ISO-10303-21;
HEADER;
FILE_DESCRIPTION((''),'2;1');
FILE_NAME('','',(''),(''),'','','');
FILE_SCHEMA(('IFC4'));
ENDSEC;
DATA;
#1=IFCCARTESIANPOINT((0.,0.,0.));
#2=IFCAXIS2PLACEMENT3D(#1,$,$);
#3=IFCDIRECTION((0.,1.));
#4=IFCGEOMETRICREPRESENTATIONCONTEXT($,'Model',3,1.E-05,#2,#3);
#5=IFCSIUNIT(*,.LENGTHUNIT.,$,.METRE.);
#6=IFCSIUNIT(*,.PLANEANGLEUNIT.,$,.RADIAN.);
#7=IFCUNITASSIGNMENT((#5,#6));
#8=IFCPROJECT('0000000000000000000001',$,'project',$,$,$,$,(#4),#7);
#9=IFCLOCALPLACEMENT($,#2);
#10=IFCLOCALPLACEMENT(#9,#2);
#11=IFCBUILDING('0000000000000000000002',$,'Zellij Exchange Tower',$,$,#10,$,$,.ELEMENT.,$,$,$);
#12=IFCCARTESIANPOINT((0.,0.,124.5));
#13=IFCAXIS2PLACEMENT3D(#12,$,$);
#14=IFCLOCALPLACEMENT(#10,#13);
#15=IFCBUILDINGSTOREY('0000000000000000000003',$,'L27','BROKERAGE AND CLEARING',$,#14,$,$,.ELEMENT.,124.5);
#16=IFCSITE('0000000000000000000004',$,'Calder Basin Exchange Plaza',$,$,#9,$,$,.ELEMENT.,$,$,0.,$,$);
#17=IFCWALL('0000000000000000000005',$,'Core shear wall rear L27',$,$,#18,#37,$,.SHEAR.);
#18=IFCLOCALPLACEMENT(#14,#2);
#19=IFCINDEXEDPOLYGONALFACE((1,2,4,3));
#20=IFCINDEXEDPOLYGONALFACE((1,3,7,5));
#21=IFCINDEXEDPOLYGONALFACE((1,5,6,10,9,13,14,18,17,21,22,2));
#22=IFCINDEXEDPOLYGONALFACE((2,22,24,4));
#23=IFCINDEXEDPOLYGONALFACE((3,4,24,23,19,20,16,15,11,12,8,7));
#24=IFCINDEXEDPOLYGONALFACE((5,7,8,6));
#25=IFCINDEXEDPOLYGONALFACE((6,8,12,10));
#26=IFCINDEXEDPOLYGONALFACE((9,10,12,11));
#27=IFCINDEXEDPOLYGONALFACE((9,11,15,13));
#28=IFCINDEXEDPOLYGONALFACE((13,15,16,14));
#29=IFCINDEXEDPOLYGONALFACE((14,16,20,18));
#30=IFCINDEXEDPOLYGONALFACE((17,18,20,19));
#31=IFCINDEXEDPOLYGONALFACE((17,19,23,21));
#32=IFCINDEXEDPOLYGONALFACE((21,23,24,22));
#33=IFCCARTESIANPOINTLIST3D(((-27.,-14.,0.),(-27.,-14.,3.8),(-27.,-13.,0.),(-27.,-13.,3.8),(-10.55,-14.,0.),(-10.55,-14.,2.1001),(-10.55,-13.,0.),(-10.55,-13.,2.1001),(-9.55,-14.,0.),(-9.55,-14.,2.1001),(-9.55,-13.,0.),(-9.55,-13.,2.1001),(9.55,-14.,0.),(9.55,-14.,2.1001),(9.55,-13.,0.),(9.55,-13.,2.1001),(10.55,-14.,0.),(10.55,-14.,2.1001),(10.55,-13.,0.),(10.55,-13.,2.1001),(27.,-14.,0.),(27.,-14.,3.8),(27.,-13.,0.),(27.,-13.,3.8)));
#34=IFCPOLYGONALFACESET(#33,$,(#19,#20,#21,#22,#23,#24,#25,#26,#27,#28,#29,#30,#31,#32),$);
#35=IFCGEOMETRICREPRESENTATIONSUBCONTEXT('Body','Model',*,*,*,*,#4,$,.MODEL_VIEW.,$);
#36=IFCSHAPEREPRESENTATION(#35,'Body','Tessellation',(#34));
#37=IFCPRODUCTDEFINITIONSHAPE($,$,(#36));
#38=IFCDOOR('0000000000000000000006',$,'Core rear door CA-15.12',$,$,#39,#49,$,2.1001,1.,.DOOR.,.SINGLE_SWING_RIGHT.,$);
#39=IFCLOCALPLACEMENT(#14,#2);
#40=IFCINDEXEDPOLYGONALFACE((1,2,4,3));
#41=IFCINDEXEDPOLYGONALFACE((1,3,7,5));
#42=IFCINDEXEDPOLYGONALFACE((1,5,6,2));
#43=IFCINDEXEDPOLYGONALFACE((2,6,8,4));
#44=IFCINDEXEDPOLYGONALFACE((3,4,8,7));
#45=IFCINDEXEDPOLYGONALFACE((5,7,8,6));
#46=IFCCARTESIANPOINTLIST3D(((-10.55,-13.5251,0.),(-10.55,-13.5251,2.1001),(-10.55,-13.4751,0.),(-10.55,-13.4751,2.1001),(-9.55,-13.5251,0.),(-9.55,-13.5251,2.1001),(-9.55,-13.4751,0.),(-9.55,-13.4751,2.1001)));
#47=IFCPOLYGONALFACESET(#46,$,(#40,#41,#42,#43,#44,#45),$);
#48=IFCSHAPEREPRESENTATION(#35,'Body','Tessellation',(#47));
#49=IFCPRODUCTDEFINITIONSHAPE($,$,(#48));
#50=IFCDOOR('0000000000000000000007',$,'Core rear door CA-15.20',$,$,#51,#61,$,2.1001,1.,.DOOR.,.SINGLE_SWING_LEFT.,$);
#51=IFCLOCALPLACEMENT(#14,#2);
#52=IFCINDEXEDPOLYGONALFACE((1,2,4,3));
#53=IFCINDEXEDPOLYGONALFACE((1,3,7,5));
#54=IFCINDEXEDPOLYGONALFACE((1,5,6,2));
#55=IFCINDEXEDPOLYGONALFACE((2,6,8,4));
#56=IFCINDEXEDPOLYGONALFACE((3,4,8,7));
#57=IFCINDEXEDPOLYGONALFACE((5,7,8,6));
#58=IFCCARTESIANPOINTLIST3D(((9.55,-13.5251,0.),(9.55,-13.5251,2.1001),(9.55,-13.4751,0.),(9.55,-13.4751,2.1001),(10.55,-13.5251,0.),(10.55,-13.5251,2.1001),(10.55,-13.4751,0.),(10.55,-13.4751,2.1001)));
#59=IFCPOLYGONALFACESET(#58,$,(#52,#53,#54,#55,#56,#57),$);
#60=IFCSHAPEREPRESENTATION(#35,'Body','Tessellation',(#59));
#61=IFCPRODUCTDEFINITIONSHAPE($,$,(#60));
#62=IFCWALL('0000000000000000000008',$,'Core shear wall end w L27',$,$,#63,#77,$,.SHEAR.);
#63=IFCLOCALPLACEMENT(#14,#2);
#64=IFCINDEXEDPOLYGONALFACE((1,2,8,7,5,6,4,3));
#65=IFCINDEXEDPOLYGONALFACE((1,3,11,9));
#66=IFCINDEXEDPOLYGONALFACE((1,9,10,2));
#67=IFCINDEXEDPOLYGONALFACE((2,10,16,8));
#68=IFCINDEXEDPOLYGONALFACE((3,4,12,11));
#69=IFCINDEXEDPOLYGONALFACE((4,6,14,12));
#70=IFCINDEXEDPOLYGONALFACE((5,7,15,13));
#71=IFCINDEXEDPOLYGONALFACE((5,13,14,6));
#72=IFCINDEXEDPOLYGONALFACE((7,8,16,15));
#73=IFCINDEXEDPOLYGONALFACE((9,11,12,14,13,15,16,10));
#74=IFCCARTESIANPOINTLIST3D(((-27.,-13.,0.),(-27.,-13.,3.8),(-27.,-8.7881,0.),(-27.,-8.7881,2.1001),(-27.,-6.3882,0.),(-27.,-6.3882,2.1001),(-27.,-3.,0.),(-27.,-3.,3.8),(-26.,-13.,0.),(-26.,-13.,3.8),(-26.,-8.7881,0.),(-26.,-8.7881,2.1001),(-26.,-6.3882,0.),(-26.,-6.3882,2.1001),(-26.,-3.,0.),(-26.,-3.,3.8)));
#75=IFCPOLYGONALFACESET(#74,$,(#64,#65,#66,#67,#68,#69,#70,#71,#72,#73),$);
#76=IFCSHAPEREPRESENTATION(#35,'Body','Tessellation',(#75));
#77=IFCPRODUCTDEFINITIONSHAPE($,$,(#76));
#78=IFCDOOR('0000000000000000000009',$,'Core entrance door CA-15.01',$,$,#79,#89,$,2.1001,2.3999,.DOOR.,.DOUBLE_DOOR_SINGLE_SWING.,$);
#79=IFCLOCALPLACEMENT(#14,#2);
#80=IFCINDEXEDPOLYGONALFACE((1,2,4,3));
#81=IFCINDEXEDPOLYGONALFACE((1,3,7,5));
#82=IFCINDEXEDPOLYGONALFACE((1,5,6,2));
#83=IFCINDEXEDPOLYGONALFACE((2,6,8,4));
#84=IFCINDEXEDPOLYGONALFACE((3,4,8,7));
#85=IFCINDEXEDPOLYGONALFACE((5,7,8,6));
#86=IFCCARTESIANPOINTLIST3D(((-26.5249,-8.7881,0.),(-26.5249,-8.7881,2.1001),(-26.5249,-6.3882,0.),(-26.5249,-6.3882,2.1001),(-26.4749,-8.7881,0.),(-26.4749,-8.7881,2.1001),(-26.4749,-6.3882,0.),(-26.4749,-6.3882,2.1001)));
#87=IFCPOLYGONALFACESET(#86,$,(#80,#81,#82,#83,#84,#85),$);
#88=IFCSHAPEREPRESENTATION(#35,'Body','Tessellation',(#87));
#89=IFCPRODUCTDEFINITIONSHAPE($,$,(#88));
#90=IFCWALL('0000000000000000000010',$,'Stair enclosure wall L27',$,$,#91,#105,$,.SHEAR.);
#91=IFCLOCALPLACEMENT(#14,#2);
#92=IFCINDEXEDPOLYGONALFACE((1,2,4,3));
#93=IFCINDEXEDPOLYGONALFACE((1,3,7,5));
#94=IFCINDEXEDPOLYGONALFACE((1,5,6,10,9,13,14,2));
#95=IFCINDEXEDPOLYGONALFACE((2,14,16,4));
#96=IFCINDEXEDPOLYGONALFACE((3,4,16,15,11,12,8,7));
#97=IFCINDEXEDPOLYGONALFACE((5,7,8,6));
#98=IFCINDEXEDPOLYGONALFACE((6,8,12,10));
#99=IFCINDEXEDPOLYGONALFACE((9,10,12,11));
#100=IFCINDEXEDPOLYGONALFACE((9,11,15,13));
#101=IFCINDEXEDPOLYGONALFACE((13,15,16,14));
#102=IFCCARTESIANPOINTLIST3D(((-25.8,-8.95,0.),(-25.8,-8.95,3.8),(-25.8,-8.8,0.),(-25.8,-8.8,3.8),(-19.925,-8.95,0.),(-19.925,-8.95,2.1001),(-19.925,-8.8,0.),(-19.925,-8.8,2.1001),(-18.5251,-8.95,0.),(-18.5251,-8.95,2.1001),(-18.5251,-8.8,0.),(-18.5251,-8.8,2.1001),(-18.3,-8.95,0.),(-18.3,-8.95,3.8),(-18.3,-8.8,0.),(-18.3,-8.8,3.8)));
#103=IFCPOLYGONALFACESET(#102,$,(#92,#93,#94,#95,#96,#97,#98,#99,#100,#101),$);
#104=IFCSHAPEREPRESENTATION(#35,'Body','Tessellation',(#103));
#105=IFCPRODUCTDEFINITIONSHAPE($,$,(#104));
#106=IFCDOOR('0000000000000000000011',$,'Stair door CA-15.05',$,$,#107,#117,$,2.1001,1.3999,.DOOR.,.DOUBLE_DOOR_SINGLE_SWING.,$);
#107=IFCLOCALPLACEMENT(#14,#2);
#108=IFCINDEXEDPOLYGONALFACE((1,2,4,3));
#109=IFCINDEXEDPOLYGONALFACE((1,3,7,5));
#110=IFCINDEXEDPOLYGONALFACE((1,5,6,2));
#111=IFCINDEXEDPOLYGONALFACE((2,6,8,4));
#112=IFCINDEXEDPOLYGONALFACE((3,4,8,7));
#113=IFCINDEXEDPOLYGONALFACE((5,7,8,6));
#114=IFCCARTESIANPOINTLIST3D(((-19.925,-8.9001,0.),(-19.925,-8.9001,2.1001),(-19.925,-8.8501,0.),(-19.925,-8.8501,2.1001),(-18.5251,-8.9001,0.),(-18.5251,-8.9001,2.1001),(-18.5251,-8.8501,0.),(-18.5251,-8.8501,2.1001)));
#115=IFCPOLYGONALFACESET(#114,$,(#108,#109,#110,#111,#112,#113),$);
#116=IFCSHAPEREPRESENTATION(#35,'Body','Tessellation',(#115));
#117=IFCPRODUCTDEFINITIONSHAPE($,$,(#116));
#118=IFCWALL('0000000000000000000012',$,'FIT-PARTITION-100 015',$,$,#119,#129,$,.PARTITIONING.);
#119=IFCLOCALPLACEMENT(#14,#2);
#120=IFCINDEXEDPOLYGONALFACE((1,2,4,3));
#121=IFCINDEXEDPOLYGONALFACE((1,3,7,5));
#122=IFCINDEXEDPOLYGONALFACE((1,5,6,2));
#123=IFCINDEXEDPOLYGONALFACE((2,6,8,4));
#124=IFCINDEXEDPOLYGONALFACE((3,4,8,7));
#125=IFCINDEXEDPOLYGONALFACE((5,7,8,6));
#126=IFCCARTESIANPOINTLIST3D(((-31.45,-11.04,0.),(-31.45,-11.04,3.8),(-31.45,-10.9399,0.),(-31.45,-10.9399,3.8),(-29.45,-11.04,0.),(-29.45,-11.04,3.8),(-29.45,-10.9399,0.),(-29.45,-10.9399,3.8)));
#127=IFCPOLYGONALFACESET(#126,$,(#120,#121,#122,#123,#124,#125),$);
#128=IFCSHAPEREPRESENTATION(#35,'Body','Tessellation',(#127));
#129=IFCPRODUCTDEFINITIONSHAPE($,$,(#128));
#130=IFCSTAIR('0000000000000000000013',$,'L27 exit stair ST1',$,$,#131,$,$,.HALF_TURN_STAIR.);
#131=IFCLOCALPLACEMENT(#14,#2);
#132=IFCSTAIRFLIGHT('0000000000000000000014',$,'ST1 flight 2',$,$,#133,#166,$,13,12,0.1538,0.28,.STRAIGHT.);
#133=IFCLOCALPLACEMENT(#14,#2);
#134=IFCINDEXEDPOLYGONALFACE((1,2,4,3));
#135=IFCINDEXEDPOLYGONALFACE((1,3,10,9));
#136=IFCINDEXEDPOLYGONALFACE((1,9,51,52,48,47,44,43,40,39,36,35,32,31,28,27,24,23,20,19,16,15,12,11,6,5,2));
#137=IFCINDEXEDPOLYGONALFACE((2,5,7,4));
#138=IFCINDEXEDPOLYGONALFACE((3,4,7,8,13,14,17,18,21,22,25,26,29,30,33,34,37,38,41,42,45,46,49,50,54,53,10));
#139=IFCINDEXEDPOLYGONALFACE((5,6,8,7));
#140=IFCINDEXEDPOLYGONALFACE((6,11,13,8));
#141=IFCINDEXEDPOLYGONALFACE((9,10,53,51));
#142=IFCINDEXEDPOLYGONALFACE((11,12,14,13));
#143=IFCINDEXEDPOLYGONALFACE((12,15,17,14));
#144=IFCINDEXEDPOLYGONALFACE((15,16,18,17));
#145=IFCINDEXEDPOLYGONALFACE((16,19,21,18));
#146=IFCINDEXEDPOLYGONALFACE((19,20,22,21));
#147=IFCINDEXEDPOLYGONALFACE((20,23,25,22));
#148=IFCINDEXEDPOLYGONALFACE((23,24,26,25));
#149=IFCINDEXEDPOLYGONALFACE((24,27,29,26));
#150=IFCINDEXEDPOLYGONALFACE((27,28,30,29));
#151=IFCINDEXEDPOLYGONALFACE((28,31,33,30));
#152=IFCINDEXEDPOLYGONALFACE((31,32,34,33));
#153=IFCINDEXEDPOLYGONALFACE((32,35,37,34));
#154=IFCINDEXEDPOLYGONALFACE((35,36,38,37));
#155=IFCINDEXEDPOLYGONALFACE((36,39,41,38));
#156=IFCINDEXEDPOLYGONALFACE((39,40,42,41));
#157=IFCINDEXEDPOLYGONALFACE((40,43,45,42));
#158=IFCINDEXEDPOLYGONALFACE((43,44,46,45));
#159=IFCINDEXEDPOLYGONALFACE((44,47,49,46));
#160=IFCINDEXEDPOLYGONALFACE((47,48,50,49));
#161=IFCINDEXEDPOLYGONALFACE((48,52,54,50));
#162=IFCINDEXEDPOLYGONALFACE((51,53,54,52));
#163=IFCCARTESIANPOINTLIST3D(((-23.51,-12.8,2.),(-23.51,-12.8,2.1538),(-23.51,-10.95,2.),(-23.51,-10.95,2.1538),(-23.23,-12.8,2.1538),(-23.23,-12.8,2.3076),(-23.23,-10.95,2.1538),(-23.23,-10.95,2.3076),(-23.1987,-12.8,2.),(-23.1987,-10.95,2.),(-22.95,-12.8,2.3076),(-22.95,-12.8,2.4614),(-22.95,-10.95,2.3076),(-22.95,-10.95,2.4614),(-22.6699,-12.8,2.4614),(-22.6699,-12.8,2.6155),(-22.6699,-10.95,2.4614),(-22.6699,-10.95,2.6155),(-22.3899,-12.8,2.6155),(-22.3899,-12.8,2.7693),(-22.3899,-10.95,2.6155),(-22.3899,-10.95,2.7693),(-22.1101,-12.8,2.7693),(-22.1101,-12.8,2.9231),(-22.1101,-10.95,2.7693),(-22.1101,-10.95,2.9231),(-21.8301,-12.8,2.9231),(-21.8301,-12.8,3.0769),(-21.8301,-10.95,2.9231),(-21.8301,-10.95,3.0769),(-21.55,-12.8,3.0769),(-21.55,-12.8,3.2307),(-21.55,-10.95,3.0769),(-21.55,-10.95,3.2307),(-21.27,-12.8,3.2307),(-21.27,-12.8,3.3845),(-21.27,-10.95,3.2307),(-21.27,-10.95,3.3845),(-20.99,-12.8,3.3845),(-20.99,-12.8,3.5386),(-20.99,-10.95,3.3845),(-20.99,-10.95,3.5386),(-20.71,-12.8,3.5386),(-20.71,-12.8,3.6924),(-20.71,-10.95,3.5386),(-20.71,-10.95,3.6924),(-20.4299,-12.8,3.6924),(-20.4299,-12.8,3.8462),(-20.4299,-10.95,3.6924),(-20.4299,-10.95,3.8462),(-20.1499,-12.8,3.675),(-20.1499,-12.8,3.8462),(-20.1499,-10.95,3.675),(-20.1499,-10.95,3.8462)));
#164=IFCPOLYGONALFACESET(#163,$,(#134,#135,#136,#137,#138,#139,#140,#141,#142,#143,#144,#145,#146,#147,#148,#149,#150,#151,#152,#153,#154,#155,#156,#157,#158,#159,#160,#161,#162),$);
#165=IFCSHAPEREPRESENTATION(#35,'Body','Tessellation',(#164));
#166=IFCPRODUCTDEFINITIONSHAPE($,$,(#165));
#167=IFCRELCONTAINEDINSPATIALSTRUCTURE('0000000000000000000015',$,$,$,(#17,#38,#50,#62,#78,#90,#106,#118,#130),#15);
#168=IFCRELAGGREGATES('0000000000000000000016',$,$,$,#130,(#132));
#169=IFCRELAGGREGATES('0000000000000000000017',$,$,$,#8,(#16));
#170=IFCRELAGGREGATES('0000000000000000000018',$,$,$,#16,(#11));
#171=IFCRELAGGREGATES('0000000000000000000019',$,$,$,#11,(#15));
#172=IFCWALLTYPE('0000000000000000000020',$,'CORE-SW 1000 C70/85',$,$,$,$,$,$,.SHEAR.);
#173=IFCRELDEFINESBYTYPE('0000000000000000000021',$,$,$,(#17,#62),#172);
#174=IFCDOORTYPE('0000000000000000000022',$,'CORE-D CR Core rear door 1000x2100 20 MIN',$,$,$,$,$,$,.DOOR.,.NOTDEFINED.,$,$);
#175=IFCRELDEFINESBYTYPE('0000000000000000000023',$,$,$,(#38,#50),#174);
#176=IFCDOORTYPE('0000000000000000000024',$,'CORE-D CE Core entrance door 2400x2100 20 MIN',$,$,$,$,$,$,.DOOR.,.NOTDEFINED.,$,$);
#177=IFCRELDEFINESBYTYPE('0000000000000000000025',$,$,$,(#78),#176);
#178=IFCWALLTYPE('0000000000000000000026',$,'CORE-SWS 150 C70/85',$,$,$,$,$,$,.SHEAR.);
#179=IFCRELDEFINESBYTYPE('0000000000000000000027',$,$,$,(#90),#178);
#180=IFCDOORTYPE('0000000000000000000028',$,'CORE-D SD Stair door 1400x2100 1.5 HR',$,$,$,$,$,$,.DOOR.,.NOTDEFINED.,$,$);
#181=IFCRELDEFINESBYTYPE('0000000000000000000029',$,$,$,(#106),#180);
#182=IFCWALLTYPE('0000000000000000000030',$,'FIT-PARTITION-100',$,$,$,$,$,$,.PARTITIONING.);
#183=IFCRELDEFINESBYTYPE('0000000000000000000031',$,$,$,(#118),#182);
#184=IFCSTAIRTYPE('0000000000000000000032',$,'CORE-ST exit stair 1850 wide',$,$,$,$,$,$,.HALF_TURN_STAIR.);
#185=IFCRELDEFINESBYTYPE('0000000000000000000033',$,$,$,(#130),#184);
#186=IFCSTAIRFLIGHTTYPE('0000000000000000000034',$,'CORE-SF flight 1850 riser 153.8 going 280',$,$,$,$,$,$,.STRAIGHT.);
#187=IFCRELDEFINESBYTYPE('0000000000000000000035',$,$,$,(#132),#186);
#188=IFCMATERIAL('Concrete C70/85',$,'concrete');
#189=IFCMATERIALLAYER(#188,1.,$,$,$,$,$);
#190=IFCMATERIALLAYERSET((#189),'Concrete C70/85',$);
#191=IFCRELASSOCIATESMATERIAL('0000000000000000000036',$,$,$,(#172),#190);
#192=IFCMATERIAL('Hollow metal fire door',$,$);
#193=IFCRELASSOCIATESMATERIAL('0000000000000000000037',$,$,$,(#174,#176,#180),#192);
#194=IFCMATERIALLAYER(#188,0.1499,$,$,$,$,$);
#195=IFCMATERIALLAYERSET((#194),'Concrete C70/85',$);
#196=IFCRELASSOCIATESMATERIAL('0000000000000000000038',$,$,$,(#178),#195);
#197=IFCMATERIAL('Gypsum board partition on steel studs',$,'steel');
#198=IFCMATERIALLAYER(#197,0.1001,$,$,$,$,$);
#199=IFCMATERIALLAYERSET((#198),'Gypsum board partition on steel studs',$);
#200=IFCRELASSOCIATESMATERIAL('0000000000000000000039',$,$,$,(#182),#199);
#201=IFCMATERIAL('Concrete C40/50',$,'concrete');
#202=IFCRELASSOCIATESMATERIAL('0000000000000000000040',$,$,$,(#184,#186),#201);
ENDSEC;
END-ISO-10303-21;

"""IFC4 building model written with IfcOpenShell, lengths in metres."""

from ifc_helpers import new_model, si_unit, direction, frame, frame_2d, origin, place, context, subcontext, project, spatial, polyline, rectangle, outline, extrude, material, layer, layer_set, type_object, element, fill, aggregate, save


model = new_model("IFC4")

# Units and contexts
model_context = context("Model", 3, precision=1e-05, world=origin(), true_north=direction((0.0, 1.0)))
body_context = subcontext(model_context, "Body", "Model", "MODEL_VIEW")
ifc_project = project(units=[si_unit("LENGTHUNIT", "METRE"), si_unit("PLANEANGLEUNIT", "RADIAN")], contexts=[model_context])

# Site, building, storey
site_placement = place(None, origin())
site = spatial("IfcSite", under=ifc_project, at=site_placement, Name="Calder Basin Exchange Plaza", CompositionType="ELEMENT", RefElevation=0.0)
building_placement = place(site_placement, origin())
building = spatial("IfcBuilding", under=site, at=building_placement, Name="Zellij Exchange Tower", CompositionType="ELEMENT")
storey_placement = place(building_placement, frame((0.0, 0.0, 124.5)))
storey = spatial("IfcBuildingStorey", under=building, at=storey_placement, Name="L27", Description="BROKERAGE AND CLEARING", CompositionType="ELEMENT", Elevation=124.5)

# Wall, openings, doors
ifc_material_1 = material(Name="Hollow metal fire door")
ifc_material_2 = material(Name="Concrete C70/85", Category="concrete")
ifc_layer_1 = layer(ifc_material_2, 1.0)
ifc_layer_set_1 = layer_set([ifc_layer_1], Name="Concrete C70/85")
wall_type_1 = type_object("IfcWallType", Name="CORE-SW 1000 C70/85", PredefinedType="SHEAR", material=ifc_layer_set_1)
wall_1_placement = place(storey_placement, frame((-27.0, -13.5, 0.0), z_axis=(0.0, 0.0, 1.0), x_axis=(1.0, 0.0, 0.0)))
wall_1 = element("IfcWall", 1, at=wall_1_placement, inside=storey, type_object=wall_type_1, Name="Core shear wall rear L27", PredefinedType="SHEAR", context=body_context, shape_type="SweptSolid", body=[
    extrude(rectangle(XDim=54.0, YDim=1.0, at=frame_2d((27.0, 0.0))), origin(), (0.0, 0.0, 1.0), 3.8),
])
opening_1_placement = place(wall_1_placement, frame((16.45, 0.0, 0.0)))
opening_1 = element("IfcOpeningElement", 2, at=opening_1_placement, cuts=wall_1, PredefinedType="OPENING", context=body_context, shape_type="SweptSolid", body=[
    extrude(rectangle(XDim=1.0, YDim=2.1001, at=frame_2d((0.5, 1.05))), frame((0.0, 0.512, 0.0), z_axis=(0.0, -1.0, 0.0), x_axis=(1.0, 0.0, 0.0)), (0.0, 0.0, 1.0), 1.0239),
])
opening_2_placement = place(wall_1_placement, frame((36.55, 0.0, 0.0)))
opening_2 = element("IfcOpeningElement", 3, at=opening_2_placement, cuts=wall_1, PredefinedType="OPENING", context=body_context, shape_type="SweptSolid", body=[
    extrude(rectangle(XDim=1.0, YDim=2.1001, at=frame_2d((0.5, 1.05))), frame((0.0, 0.512, 0.0), z_axis=(0.0, -1.0, 0.0), x_axis=(1.0, 0.0, 0.0)), (0.0, 0.0, 1.0), 1.0239),
])
door_type_1 = type_object("IfcDoorType", Name="CORE-D CR Core rear door 1000x2100 20 MIN", OperationType="NOTDEFINED", PredefinedType="DOOR", material=ifc_material_1)
door_1_placement = place(opening_1_placement, origin())
door_1 = element("IfcDoor", 4, at=door_1_placement, inside=storey, type_object=door_type_1, Name="Core rear door CA-15.12", OperationType="SINGLE_SWING_RIGHT", OverallHeight=2.1001, OverallWidth=1.0, PredefinedType="DOOR", context=body_context, shape_type="SweptSolid", body=[
    extrude(rectangle(XDim=1.0, YDim=2.1001, at=frame_2d((0.5, 1.05))), frame((0.0, 0.0249, 0.0), z_axis=(0.0, -1.0, 0.0), x_axis=(1.0, 0.0, 0.0)), (0.0, 0.0, 1.0), 0.05),
])
fill(opening_1, door_1)
door_2_placement = place(opening_2_placement, origin())
door_2 = element("IfcDoor", 5, at=door_2_placement, inside=storey, type_object=door_type_1, Name="Core rear door CA-15.20", OperationType="SINGLE_SWING_LEFT", OverallHeight=2.1001, OverallWidth=1.0, PredefinedType="DOOR", context=body_context, shape_type="SweptSolid", body=[
    extrude(rectangle(XDim=1.0, YDim=2.1001, at=frame_2d((0.5, 1.05))), frame((0.0, 0.0249, 0.0), z_axis=(0.0, -1.0, 0.0), x_axis=(1.0, 0.0, 0.0)), (0.0, 0.0, 1.0), 0.05),
])
fill(opening_2, door_2)

# Walls, openings, doors
wall_2_placement = place(storey_placement, frame((-26.5, -13.0, 0.0), z_axis=(0.0, 0.0, 1.0), x_axis=(0.0, 1.0, 0.0)))
wall_2 = element("IfcWall", 6, at=wall_2_placement, inside=storey, type_object=wall_type_1, Name="Core shear wall end w L27", PredefinedType="SHEAR", context=body_context, shape_type="SweptSolid", body=[
    extrude(rectangle(XDim=10.0, YDim=1.0, at=frame_2d((5.0, 0.0))), origin(), (0.0, 0.0, 1.0), 3.8),
])
opening_3_placement = place(wall_2_placement, frame((4.2119, 0.0, 0.0)))
opening_3 = element("IfcOpeningElement", 7, at=opening_3_placement, cuts=wall_2, PredefinedType="OPENING", context=body_context, shape_type="SweptSolid", body=[
    extrude(rectangle(XDim=2.3999, YDim=2.1001, at=frame_2d((1.2, 1.05))), frame((0.0, 0.512, 0.0), z_axis=(0.0, -1.0, 0.0), x_axis=(1.0, 0.0, 0.0)), (0.0, 0.0, 1.0), 1.0239),
])
door_type_2 = type_object("IfcDoorType", Name="CORE-D CE Core entrance door 2400x2100 20 MIN", OperationType="NOTDEFINED", PredefinedType="DOOR", material=ifc_material_1)
door_3_placement = place(opening_3_placement, origin())
door_3 = element("IfcDoor", 8, at=door_3_placement, inside=storey, type_object=door_type_2, Name="Core entrance door CA-15.01", OperationType="DOUBLE_DOOR_SINGLE_SWING", OverallHeight=2.1001, OverallWidth=2.3999, PredefinedType="DOOR", context=body_context, shape_type="SweptSolid", body=[
    extrude(rectangle(XDim=2.3999, YDim=2.1001, at=frame_2d((1.2, 1.05))), frame((0.0, 0.0249, 0.0), z_axis=(0.0, -1.0, 0.0), x_axis=(1.0, 0.0, 0.0)), (0.0, 0.0, 1.0), 0.05),
])
fill(opening_3, door_3)
ifc_layer_2 = layer(ifc_material_2, 0.1499)
ifc_layer_set_2 = layer_set([ifc_layer_2], Name="Concrete C70/85")
wall_type_2 = type_object("IfcWallType", Name="CORE-SWS 150 C70/85", PredefinedType="SHEAR", material=ifc_layer_set_2)
wall_3_placement = place(storey_placement, frame((-25.8, -8.875, 0.0), z_axis=(0.0, 0.0, 1.0), x_axis=(1.0, 0.0, 0.0)))
wall_3 = element("IfcWall", 9, at=wall_3_placement, inside=storey, type_object=wall_type_2, Name="Stair enclosure wall L27", PredefinedType="SHEAR", context=body_context, shape_type="SweptSolid", body=[
    extrude(rectangle(XDim=7.5, YDim=0.1499, at=frame_2d((3.75, 0.0))), origin(), (0.0, 0.0, 1.0), 3.8),
])
opening_4_placement = place(wall_3_placement, frame((5.875, 0.0, 0.0)))
opening_4 = element("IfcOpeningElement", 10, at=opening_4_placement, cuts=wall_3, PredefinedType="OPENING", context=body_context, shape_type="SweptSolid", body=[
    extrude(rectangle(XDim=1.3999, YDim=2.1001, at=frame_2d((0.7, 1.05))), frame((0.0, 0.0869, 0.0), z_axis=(0.0, -1.0, 0.0), x_axis=(1.0, 0.0, 0.0)), (0.0, 0.0, 1.0), 0.1738),
])
door_type_3 = type_object("IfcDoorType", Name="CORE-D SD Stair door 1400x2100 1.5 HR", OperationType="NOTDEFINED", PredefinedType="DOOR", material=ifc_material_1)
door_4_placement = place(opening_4_placement, origin())
door_4 = element("IfcDoor", 11, at=door_4_placement, inside=storey, type_object=door_type_3, Name="Stair door CA-15.05", OperationType="DOUBLE_DOOR_SINGLE_SWING", OverallHeight=2.1001, OverallWidth=1.3999, PredefinedType="DOOR", context=body_context, shape_type="SweptSolid", body=[
    extrude(rectangle(XDim=1.3999, YDim=2.1001, at=frame_2d((0.7, 1.05))), frame((0.0, 0.0249, 0.0), z_axis=(0.0, -1.0, 0.0), x_axis=(1.0, 0.0, 0.0)), (0.0, 0.0, 1.0), 0.05),
])
fill(opening_4, door_4)

# Wall
ifc_material_3 = material(Name="Gypsum board partition on steel studs", Category="steel")
ifc_layer_3 = layer(ifc_material_3, 0.1001)
ifc_layer_set_3 = layer_set([ifc_layer_3], Name="Gypsum board partition on steel studs")
wall_type_3 = type_object("IfcWallType", Name="FIT-PARTITION-100", PredefinedType="PARTITIONING", material=ifc_layer_set_3)
wall_4_placement = place(storey_placement, frame((-31.45, -10.99, 0.0), z_axis=(0.0, 0.0, 1.0), x_axis=(1.0, 0.0, 0.0)))
element("IfcWall", 12, at=wall_4_placement, inside=storey, type_object=wall_type_3, Name="FIT-PARTITION-100 015", PredefinedType="PARTITIONING", context=body_context, shape_type="SweptSolid", body=[
    extrude(rectangle(XDim=2.0, YDim=0.1001, at=frame_2d((1.0, 0.0))), origin(), (0.0, 0.0, 1.0), 3.8),
])

# Stair, stair flight
ifc_material_4 = material(Name="Concrete C40/50", Category="concrete")
stair_type = type_object("IfcStairType", Name="CORE-ST exit stair 1850 wide", PredefinedType="HALF_TURN_STAIR", material=ifc_material_4)
stair_placement = place(storey_placement, origin())
stair = element("IfcStair", 13, at=stair_placement, inside=storey, type_object=stair_type, Name="L27 exit stair ST1", PredefinedType="HALF_TURN_STAIR")
stair_flight_type = type_object("IfcStairFlightType", Name="CORE-SF flight 1850 riser 153.8 going 280", PredefinedType="STRAIGHT", material=ifc_material_4)
stair_flight_placement = place(storey_placement, frame((-23.51, -11.875, 2.0), z_axis=(0.0, 0.0, 1.0), x_axis=(1.0, 0.0, 0.0)))
stair_flight = element("IfcStairFlight", 14, at=stair_flight_placement, type_object=stair_flight_type, Name="ST1 flight 2", NumberOfRisers=13, NumberOfTreads=12, PredefinedType="STRAIGHT", RiserHeight=0.1538, TreadLength=0.28, context=body_context, shape_type="SweptSolid", body=[
    extrude(outline(polyline([(0.0, 0.0), (0.0, 0.1538), (0.28, 0.1538), (0.28, 0.3076), (0.5601, 0.3076), (0.5601, 0.4614), (0.8401, 0.4614), (0.8401, 0.6155), (1.1201, 0.6155), (1.1201, 0.7693), (1.3999, 0.7693), (1.3999, 0.9231), (1.6799, 0.9231), (1.6799, 1.0769), (1.96, 1.0769), (1.96, 1.2307), (2.24, 1.2307), (2.24, 1.3845), (2.52, 1.3845), (2.52, 1.5386), (2.8, 1.5386), (2.8, 1.6924), (3.0801, 1.6924), (3.0801, 1.8462), (3.3601, 1.8462), (3.3601, 2.0), (3.3601, 1.675), (0.3113, 0.0), (0.0, 0.0)])), frame((0.0, 0.925, 0.0), z_axis=(0.0, -1.0, 0.0), x_axis=(1.0, 0.0, 0.0)), (0.0, 0.0, 1.0), 1.8501),
])
aggregate(stair, [stair_flight])

save(model, "model.ifc")
